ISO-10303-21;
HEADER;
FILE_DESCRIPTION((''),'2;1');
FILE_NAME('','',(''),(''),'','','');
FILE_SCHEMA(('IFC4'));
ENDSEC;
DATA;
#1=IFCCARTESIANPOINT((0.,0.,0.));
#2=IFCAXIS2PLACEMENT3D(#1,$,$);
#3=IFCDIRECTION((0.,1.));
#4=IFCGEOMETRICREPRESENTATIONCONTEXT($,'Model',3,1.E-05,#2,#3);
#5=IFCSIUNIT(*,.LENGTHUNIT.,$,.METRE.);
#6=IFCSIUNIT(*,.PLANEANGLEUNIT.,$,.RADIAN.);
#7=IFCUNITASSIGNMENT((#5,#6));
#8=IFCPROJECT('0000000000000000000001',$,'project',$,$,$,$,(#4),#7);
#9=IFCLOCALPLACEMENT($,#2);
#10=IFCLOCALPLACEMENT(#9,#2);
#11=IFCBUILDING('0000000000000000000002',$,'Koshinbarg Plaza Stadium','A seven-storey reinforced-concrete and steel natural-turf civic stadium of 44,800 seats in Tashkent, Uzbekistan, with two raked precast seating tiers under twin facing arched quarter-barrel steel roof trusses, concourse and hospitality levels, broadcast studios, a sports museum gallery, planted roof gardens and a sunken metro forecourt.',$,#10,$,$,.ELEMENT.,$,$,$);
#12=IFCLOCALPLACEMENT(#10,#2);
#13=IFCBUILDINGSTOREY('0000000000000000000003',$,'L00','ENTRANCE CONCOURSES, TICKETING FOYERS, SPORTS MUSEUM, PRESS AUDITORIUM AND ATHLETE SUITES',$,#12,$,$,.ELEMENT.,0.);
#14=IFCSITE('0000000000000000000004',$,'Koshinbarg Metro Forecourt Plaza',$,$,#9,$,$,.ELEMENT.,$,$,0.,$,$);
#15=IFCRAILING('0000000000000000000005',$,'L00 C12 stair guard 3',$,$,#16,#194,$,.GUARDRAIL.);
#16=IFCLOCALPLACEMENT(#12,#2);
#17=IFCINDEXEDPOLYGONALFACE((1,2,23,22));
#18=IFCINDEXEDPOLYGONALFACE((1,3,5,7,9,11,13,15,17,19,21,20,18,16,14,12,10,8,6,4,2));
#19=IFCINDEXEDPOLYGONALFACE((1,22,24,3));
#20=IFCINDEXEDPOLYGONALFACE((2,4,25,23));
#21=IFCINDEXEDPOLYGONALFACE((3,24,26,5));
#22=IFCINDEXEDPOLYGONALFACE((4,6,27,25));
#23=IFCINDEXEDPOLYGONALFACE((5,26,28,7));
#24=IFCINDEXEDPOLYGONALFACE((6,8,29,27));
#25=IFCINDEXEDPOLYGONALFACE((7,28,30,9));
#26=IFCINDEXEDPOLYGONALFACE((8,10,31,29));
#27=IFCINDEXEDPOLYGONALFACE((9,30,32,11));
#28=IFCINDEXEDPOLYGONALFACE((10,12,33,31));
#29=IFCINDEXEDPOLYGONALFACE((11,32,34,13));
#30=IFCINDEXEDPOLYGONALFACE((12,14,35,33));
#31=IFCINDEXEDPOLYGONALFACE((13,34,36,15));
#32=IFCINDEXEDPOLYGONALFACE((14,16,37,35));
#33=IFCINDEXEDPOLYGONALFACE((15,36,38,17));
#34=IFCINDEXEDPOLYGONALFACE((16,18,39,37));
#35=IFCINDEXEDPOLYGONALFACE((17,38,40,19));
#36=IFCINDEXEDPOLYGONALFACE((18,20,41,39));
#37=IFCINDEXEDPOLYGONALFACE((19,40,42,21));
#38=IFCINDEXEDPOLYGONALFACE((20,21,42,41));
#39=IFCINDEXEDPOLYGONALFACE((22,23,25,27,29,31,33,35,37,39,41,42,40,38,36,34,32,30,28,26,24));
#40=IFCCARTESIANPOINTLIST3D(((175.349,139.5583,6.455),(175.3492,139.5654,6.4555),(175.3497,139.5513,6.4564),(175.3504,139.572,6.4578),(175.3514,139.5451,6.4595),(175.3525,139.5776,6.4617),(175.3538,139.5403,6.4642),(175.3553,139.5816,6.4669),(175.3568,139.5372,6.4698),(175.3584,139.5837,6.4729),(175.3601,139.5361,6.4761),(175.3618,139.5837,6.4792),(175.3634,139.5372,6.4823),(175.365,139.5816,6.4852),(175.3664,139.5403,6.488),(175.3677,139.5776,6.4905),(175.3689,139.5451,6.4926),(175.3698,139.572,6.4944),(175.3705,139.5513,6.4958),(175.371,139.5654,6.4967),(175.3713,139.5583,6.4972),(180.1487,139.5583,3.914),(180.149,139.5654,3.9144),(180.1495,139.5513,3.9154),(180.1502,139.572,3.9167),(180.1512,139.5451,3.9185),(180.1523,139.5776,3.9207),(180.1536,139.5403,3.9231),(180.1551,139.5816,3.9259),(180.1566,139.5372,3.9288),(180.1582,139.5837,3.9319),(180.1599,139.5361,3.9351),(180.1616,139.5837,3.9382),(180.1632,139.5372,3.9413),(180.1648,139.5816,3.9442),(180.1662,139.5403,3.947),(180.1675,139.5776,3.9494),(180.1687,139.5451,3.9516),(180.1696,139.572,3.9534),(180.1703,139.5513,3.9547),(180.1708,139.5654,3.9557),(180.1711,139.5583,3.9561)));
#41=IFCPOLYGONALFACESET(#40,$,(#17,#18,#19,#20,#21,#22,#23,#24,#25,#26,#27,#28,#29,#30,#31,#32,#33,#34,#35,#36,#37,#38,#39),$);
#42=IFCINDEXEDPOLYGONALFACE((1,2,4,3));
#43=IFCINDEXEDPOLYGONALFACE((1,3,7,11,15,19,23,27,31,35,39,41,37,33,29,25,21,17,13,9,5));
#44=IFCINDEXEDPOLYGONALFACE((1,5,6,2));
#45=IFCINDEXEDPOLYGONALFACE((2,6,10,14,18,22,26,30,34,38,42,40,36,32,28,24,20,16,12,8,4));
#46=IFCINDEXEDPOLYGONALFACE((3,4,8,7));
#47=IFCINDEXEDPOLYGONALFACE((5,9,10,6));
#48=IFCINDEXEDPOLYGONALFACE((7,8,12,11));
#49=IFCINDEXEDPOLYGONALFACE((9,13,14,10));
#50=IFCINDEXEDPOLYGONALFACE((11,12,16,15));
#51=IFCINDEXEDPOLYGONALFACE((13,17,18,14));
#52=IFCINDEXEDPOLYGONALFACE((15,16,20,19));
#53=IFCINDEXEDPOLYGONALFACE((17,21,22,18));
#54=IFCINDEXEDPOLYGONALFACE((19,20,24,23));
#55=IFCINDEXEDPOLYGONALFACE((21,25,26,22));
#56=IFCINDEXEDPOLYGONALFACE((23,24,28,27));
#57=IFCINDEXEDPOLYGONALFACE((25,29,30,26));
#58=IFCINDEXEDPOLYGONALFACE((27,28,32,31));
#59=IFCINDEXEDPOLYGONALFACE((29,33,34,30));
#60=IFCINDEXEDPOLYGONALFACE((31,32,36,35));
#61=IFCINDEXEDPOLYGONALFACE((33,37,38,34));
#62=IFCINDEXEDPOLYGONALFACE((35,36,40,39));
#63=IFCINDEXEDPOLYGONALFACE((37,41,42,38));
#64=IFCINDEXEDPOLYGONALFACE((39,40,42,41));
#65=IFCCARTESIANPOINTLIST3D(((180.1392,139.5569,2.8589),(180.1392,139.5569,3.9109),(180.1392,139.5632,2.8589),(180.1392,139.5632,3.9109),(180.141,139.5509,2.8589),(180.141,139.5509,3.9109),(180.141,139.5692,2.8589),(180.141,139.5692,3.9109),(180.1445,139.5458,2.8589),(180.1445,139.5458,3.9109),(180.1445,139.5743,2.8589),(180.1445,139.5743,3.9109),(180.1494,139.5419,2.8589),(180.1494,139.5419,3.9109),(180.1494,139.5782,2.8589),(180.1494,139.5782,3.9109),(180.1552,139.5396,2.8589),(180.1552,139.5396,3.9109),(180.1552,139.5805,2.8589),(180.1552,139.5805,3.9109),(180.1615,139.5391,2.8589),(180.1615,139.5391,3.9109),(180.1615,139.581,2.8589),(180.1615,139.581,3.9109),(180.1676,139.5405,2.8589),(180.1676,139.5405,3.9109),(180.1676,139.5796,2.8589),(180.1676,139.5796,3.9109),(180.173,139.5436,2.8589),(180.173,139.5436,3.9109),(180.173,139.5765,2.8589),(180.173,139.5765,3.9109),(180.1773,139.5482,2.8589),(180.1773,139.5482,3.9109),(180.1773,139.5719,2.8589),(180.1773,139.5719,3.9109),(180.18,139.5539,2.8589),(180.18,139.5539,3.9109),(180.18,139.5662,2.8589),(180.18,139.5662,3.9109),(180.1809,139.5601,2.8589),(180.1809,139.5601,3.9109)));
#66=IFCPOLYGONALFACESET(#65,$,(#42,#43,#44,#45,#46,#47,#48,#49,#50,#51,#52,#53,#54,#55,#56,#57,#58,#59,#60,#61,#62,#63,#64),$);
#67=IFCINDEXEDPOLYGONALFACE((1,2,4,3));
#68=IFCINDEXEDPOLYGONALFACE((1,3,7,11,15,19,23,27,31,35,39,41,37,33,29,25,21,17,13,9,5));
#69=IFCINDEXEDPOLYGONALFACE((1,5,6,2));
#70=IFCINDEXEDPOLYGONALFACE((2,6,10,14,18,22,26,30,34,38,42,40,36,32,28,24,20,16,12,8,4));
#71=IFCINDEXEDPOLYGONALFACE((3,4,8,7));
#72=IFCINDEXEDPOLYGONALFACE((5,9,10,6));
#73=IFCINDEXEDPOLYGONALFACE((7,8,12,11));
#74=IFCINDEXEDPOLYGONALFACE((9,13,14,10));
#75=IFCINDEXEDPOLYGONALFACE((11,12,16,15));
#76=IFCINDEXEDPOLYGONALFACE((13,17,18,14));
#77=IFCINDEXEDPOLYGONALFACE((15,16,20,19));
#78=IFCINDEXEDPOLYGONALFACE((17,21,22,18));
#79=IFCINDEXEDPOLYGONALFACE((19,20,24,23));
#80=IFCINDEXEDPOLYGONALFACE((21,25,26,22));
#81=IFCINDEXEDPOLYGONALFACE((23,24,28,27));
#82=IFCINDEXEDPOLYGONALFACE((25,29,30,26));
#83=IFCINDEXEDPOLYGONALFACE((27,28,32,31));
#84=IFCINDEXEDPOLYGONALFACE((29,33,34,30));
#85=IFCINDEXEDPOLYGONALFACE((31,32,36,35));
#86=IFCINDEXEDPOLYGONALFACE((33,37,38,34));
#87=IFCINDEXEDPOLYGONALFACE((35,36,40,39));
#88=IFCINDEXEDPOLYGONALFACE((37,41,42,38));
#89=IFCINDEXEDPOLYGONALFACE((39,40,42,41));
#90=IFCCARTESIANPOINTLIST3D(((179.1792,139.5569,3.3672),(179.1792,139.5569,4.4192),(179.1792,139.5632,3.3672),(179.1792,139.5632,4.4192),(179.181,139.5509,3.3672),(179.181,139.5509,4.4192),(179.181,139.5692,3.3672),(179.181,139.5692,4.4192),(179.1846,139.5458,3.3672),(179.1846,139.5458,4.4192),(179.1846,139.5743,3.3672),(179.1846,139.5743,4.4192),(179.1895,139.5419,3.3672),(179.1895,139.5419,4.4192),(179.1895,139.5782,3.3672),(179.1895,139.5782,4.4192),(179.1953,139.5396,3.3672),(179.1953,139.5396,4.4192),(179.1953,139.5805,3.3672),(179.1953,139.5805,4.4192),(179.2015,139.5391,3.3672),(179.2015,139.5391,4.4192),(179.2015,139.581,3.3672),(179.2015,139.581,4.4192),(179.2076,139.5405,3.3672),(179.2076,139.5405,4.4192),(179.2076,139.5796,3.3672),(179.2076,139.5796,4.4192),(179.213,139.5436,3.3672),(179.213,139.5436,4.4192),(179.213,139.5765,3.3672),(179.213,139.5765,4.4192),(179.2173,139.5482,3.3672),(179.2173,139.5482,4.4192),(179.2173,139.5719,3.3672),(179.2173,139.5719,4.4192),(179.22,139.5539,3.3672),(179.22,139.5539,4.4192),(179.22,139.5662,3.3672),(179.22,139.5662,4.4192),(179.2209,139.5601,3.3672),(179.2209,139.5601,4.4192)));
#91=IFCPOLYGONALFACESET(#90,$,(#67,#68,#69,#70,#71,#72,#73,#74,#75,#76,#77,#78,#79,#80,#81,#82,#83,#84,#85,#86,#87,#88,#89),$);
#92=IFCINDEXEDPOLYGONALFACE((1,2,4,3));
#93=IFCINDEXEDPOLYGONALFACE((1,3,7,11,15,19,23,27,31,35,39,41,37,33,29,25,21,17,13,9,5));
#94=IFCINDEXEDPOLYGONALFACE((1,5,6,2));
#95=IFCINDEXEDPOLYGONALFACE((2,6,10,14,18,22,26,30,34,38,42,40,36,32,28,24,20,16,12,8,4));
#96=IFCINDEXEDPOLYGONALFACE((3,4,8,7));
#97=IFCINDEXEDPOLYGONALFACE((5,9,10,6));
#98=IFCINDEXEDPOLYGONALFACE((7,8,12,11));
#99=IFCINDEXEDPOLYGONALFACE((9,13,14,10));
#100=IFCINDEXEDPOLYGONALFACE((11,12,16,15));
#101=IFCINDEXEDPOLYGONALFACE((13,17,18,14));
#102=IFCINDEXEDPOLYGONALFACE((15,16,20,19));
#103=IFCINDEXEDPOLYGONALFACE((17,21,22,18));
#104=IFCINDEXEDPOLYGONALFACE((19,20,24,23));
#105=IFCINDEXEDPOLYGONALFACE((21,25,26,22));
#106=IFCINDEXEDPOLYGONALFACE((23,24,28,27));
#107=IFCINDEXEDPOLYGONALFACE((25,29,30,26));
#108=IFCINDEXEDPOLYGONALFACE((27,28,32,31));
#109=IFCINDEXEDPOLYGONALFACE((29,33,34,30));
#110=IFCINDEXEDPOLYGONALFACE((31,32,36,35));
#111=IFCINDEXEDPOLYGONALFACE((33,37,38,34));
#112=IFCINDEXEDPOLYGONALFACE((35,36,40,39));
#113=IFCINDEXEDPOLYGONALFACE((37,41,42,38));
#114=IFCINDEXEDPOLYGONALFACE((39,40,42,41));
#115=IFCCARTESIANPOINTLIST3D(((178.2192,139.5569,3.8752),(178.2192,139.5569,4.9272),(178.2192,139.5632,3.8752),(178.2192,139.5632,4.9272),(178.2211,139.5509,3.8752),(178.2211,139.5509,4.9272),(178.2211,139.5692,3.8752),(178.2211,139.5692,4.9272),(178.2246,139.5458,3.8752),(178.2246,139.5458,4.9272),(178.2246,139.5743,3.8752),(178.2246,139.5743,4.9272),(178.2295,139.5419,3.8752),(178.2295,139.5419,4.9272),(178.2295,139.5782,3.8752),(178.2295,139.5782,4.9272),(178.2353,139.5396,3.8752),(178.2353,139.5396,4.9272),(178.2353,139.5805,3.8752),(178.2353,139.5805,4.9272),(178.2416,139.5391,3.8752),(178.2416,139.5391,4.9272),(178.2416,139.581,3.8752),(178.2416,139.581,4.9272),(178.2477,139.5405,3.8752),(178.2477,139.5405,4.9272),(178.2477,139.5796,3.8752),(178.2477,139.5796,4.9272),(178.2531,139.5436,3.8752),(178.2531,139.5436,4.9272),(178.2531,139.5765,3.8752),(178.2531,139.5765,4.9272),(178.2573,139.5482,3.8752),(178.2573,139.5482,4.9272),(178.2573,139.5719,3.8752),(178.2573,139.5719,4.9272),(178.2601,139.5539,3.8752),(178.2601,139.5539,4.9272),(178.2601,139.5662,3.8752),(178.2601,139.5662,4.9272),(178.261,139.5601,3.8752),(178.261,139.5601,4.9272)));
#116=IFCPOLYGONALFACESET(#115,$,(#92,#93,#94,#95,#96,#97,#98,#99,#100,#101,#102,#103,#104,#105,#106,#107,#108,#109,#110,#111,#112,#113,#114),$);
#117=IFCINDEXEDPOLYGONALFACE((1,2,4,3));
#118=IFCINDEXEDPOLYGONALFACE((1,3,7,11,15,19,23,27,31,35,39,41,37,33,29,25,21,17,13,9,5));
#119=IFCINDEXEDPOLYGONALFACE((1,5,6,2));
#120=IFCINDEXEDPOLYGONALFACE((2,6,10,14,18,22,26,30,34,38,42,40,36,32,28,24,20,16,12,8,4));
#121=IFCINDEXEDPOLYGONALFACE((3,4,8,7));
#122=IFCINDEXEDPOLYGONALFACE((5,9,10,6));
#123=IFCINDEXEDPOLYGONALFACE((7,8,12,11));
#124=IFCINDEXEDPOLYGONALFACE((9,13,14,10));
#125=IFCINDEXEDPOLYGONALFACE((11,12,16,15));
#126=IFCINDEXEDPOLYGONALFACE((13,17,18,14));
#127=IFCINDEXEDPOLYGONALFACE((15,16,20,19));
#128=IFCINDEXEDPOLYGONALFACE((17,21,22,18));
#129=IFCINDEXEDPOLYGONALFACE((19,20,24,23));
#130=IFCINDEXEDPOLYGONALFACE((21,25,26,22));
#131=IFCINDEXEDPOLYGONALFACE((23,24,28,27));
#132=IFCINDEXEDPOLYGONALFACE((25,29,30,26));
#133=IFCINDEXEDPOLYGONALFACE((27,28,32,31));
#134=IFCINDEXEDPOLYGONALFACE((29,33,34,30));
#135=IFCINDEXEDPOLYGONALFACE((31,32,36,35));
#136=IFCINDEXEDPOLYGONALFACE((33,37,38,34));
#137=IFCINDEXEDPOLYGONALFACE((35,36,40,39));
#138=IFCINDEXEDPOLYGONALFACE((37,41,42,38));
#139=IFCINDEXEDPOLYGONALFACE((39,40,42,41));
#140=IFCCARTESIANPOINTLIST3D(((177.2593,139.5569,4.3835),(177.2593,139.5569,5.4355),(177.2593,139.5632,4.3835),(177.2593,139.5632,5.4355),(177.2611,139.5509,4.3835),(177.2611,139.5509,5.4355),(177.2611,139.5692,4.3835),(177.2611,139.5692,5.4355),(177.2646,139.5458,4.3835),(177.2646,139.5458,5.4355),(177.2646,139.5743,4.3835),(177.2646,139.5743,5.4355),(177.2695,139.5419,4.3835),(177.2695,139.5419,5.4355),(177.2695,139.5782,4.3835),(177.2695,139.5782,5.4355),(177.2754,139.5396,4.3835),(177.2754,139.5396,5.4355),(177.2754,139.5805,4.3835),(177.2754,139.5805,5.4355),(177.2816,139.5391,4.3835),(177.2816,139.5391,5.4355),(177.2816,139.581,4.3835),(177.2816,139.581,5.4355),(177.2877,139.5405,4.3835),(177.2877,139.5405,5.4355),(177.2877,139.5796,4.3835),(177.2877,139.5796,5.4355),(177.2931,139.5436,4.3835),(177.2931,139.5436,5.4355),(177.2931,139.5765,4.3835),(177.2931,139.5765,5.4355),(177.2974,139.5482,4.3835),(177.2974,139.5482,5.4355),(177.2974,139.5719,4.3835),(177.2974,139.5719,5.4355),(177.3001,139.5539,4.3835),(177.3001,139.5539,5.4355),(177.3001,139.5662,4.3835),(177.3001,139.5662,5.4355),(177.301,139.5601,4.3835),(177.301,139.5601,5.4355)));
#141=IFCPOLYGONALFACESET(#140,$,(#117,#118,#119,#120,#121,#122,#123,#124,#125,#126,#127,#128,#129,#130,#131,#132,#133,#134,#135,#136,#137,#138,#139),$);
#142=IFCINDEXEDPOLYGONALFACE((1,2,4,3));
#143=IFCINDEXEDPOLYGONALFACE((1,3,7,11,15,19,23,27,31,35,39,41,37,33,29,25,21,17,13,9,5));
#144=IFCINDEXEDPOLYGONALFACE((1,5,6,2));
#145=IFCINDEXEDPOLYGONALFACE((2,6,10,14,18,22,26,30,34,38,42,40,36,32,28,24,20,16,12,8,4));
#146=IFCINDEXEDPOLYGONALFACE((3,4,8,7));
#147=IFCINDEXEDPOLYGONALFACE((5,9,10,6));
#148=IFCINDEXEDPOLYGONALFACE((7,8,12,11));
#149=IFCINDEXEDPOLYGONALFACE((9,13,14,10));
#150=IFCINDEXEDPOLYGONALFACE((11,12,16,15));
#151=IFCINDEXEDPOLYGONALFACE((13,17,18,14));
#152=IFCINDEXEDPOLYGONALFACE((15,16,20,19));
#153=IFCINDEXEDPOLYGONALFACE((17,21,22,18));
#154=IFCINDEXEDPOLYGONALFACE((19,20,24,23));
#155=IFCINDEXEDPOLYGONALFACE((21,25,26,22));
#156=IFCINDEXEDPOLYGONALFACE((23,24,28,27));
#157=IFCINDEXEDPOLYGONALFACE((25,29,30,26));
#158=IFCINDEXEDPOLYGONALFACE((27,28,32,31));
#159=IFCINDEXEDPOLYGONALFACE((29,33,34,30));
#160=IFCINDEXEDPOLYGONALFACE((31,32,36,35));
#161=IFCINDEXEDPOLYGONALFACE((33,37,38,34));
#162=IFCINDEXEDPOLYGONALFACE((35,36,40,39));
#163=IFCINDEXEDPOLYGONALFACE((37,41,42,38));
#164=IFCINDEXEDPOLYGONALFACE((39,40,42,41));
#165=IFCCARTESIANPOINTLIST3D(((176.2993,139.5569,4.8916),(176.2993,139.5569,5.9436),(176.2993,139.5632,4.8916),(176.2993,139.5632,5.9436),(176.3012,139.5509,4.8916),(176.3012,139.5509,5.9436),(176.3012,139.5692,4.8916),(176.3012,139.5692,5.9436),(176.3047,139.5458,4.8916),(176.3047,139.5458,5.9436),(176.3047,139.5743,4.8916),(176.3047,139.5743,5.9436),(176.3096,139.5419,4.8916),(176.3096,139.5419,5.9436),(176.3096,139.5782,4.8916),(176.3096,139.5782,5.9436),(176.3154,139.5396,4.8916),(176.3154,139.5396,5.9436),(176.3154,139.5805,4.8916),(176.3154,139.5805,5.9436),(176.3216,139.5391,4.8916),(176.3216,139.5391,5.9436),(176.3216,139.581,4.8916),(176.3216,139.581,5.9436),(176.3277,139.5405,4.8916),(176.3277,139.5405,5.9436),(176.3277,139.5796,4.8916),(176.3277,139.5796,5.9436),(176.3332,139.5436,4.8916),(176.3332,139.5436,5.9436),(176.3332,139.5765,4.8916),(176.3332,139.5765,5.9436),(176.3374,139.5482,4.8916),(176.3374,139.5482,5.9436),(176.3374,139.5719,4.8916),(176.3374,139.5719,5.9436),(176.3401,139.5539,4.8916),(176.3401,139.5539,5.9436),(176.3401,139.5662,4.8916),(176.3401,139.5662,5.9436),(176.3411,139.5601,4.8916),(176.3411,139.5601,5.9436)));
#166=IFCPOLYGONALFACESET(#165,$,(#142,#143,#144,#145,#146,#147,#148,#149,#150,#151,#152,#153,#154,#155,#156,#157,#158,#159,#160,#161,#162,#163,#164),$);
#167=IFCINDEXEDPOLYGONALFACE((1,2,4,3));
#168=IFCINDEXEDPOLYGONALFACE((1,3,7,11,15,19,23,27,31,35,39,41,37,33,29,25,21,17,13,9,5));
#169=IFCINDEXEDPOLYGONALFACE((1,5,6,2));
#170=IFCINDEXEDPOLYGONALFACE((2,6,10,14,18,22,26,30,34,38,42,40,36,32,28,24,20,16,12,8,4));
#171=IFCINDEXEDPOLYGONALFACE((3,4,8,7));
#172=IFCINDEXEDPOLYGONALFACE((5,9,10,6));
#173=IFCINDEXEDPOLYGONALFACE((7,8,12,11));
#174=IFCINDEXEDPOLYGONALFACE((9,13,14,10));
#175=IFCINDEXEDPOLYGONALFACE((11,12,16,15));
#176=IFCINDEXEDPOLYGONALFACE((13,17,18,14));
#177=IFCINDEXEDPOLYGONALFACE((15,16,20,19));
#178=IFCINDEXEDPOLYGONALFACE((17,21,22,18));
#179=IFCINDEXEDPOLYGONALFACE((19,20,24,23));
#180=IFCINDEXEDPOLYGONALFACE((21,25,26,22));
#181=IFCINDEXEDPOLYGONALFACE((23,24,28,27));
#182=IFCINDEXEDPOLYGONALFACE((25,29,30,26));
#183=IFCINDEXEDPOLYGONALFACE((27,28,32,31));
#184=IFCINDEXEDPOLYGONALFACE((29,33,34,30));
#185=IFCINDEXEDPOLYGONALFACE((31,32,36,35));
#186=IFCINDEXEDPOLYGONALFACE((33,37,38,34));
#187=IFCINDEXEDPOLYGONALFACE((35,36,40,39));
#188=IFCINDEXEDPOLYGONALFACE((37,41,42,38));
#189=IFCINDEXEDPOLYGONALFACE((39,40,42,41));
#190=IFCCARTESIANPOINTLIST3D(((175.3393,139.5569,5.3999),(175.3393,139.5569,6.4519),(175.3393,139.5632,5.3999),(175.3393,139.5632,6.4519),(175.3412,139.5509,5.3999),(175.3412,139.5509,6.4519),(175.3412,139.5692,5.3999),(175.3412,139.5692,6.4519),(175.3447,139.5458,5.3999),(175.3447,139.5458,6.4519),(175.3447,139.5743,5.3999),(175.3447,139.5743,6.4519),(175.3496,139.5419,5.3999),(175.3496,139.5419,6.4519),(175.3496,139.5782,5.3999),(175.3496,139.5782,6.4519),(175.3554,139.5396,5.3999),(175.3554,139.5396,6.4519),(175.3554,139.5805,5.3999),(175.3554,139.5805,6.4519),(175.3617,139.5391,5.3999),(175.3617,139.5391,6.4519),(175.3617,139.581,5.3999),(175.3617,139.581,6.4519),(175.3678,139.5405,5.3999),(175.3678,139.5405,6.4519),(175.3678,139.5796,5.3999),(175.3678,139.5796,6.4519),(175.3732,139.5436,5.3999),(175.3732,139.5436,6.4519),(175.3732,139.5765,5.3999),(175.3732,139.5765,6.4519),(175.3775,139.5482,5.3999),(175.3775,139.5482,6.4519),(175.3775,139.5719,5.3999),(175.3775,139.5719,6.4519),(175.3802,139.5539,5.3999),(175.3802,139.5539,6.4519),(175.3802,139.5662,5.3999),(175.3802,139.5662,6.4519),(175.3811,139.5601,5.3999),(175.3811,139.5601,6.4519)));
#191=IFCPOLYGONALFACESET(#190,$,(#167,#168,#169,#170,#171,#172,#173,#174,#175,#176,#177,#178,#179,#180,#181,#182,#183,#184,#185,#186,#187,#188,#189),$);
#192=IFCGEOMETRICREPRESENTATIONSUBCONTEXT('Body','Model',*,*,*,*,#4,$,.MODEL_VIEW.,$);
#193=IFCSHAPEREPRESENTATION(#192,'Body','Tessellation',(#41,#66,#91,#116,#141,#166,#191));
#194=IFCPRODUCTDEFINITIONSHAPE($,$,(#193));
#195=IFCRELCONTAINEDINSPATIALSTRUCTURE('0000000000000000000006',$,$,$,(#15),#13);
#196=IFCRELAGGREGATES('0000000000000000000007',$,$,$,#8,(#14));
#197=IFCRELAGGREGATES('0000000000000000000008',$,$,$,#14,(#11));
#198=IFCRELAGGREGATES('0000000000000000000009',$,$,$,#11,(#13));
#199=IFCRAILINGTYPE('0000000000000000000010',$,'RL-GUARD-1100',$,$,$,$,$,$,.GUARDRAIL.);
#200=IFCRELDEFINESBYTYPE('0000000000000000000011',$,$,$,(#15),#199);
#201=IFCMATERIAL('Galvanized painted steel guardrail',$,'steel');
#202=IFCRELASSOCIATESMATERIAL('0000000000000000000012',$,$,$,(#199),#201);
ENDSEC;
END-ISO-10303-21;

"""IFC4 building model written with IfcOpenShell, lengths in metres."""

from ifc_helpers import new_model, si_unit, direction, frame, origin, origin_2d, place, context, subcontext, project, spatial, circle, extrude, material, type_object, element, save


model = new_model("IFC4")

# Units and contexts
model_context = context("Model", 3, precision=1e-05, world=origin(), true_north=direction((0.0, 1.0)))
body_context = subcontext(model_context, "Body", "Model", "MODEL_VIEW")
ifc_project = project(units=[si_unit("LENGTHUNIT", "METRE"), si_unit("PLANEANGLEUNIT", "RADIAN")], contexts=[model_context])

# Site, building, storey
site_placement = place(None, origin())
site = spatial("IfcSite", under=ifc_project, at=site_placement, Name="Koshinbarg Metro Forecourt Plaza", CompositionType="ELEMENT", RefElevation=0.0)
building_placement = place(site_placement, origin())
building = spatial("IfcBuilding", under=site, at=building_placement, Name="Koshinbarg Plaza Stadium", Description="A seven-storey reinforced-concrete and steel natural-turf civic stadium of 44,800 seats in Tashkent, Uzbekistan, with two raked precast seating tiers under twin facing arched quarter-barrel steel roof trusses, concourse and hospitality levels, broadcast studios, a sports museum gallery, planted roof gardens and a sunken metro forecourt.", CompositionType="ELEMENT")
storey_placement = place(building_placement, origin())
storey = spatial("IfcBuildingStorey", under=building, at=storey_placement, Name="L00", Description="ENTRANCE CONCOURSES, TICKETING FOYERS, SPORTS MUSEUM, PRESS AUDITORIUM AND ATHLETE SUITES", CompositionType="ELEMENT", Elevation=0.0)

# Railing
ifc_material_1 = material(Name="Galvanized painted steel guardrail", Category="steel")
railing_type_1 = type_object("IfcRailingType", Name="RL-GUARD-1100", PredefinedType="GUARDRAIL", material=ifc_material_1)
railing_1_placement = place(storey_placement, frame((180.1599, 139.5601, 2.8589)))
element("IfcRailing", 1, at=railing_1_placement, inside=storey, type_object=railing_type_1, Name="L00 C12 stair guard 3", PredefinedType="GUARDRAIL", context=body_context, shape_type="SweptSolid", body=[
    extrude(circle(Radius=0.0239, at=origin_2d()), frame((0.0, 0.0, 1.0762), z_axis=(-0.883792, 0.0, 0.467879), x_axis=(0.0, -1.0, 0.0)), (0.0, 0.0, 1.0), 5.4309),
    extrude(circle(Radius=0.021, at=origin_2d()), origin(), (0.0, 0.0, 1.0), 1.052),
    extrude(circle(Radius=0.021, at=origin_2d()), frame((-0.96, 0.0, 0.5083)), (0.0, 0.0, 1.0), 1.052),
    extrude(circle(Radius=0.021, at=origin_2d()), frame((-1.9199, 0.0, 1.0164)), (0.0, 0.0, 1.0), 1.052),
    extrude(circle(Radius=0.021, at=origin_2d()), frame((-2.8799, 0.0, 1.5247)), (0.0, 0.0, 1.0), 1.052),
    extrude(circle(Radius=0.021, at=origin_2d()), frame((-3.8398, 0.0, 2.0327)), (0.0, 0.0, 1.0), 1.052),
    extrude(circle(Radius=0.021, at=origin_2d()), frame((-4.7998, 0.0, 2.541)), (0.0, 0.0, 1.0), 1.052),
])

save(model, "model.ifc")
